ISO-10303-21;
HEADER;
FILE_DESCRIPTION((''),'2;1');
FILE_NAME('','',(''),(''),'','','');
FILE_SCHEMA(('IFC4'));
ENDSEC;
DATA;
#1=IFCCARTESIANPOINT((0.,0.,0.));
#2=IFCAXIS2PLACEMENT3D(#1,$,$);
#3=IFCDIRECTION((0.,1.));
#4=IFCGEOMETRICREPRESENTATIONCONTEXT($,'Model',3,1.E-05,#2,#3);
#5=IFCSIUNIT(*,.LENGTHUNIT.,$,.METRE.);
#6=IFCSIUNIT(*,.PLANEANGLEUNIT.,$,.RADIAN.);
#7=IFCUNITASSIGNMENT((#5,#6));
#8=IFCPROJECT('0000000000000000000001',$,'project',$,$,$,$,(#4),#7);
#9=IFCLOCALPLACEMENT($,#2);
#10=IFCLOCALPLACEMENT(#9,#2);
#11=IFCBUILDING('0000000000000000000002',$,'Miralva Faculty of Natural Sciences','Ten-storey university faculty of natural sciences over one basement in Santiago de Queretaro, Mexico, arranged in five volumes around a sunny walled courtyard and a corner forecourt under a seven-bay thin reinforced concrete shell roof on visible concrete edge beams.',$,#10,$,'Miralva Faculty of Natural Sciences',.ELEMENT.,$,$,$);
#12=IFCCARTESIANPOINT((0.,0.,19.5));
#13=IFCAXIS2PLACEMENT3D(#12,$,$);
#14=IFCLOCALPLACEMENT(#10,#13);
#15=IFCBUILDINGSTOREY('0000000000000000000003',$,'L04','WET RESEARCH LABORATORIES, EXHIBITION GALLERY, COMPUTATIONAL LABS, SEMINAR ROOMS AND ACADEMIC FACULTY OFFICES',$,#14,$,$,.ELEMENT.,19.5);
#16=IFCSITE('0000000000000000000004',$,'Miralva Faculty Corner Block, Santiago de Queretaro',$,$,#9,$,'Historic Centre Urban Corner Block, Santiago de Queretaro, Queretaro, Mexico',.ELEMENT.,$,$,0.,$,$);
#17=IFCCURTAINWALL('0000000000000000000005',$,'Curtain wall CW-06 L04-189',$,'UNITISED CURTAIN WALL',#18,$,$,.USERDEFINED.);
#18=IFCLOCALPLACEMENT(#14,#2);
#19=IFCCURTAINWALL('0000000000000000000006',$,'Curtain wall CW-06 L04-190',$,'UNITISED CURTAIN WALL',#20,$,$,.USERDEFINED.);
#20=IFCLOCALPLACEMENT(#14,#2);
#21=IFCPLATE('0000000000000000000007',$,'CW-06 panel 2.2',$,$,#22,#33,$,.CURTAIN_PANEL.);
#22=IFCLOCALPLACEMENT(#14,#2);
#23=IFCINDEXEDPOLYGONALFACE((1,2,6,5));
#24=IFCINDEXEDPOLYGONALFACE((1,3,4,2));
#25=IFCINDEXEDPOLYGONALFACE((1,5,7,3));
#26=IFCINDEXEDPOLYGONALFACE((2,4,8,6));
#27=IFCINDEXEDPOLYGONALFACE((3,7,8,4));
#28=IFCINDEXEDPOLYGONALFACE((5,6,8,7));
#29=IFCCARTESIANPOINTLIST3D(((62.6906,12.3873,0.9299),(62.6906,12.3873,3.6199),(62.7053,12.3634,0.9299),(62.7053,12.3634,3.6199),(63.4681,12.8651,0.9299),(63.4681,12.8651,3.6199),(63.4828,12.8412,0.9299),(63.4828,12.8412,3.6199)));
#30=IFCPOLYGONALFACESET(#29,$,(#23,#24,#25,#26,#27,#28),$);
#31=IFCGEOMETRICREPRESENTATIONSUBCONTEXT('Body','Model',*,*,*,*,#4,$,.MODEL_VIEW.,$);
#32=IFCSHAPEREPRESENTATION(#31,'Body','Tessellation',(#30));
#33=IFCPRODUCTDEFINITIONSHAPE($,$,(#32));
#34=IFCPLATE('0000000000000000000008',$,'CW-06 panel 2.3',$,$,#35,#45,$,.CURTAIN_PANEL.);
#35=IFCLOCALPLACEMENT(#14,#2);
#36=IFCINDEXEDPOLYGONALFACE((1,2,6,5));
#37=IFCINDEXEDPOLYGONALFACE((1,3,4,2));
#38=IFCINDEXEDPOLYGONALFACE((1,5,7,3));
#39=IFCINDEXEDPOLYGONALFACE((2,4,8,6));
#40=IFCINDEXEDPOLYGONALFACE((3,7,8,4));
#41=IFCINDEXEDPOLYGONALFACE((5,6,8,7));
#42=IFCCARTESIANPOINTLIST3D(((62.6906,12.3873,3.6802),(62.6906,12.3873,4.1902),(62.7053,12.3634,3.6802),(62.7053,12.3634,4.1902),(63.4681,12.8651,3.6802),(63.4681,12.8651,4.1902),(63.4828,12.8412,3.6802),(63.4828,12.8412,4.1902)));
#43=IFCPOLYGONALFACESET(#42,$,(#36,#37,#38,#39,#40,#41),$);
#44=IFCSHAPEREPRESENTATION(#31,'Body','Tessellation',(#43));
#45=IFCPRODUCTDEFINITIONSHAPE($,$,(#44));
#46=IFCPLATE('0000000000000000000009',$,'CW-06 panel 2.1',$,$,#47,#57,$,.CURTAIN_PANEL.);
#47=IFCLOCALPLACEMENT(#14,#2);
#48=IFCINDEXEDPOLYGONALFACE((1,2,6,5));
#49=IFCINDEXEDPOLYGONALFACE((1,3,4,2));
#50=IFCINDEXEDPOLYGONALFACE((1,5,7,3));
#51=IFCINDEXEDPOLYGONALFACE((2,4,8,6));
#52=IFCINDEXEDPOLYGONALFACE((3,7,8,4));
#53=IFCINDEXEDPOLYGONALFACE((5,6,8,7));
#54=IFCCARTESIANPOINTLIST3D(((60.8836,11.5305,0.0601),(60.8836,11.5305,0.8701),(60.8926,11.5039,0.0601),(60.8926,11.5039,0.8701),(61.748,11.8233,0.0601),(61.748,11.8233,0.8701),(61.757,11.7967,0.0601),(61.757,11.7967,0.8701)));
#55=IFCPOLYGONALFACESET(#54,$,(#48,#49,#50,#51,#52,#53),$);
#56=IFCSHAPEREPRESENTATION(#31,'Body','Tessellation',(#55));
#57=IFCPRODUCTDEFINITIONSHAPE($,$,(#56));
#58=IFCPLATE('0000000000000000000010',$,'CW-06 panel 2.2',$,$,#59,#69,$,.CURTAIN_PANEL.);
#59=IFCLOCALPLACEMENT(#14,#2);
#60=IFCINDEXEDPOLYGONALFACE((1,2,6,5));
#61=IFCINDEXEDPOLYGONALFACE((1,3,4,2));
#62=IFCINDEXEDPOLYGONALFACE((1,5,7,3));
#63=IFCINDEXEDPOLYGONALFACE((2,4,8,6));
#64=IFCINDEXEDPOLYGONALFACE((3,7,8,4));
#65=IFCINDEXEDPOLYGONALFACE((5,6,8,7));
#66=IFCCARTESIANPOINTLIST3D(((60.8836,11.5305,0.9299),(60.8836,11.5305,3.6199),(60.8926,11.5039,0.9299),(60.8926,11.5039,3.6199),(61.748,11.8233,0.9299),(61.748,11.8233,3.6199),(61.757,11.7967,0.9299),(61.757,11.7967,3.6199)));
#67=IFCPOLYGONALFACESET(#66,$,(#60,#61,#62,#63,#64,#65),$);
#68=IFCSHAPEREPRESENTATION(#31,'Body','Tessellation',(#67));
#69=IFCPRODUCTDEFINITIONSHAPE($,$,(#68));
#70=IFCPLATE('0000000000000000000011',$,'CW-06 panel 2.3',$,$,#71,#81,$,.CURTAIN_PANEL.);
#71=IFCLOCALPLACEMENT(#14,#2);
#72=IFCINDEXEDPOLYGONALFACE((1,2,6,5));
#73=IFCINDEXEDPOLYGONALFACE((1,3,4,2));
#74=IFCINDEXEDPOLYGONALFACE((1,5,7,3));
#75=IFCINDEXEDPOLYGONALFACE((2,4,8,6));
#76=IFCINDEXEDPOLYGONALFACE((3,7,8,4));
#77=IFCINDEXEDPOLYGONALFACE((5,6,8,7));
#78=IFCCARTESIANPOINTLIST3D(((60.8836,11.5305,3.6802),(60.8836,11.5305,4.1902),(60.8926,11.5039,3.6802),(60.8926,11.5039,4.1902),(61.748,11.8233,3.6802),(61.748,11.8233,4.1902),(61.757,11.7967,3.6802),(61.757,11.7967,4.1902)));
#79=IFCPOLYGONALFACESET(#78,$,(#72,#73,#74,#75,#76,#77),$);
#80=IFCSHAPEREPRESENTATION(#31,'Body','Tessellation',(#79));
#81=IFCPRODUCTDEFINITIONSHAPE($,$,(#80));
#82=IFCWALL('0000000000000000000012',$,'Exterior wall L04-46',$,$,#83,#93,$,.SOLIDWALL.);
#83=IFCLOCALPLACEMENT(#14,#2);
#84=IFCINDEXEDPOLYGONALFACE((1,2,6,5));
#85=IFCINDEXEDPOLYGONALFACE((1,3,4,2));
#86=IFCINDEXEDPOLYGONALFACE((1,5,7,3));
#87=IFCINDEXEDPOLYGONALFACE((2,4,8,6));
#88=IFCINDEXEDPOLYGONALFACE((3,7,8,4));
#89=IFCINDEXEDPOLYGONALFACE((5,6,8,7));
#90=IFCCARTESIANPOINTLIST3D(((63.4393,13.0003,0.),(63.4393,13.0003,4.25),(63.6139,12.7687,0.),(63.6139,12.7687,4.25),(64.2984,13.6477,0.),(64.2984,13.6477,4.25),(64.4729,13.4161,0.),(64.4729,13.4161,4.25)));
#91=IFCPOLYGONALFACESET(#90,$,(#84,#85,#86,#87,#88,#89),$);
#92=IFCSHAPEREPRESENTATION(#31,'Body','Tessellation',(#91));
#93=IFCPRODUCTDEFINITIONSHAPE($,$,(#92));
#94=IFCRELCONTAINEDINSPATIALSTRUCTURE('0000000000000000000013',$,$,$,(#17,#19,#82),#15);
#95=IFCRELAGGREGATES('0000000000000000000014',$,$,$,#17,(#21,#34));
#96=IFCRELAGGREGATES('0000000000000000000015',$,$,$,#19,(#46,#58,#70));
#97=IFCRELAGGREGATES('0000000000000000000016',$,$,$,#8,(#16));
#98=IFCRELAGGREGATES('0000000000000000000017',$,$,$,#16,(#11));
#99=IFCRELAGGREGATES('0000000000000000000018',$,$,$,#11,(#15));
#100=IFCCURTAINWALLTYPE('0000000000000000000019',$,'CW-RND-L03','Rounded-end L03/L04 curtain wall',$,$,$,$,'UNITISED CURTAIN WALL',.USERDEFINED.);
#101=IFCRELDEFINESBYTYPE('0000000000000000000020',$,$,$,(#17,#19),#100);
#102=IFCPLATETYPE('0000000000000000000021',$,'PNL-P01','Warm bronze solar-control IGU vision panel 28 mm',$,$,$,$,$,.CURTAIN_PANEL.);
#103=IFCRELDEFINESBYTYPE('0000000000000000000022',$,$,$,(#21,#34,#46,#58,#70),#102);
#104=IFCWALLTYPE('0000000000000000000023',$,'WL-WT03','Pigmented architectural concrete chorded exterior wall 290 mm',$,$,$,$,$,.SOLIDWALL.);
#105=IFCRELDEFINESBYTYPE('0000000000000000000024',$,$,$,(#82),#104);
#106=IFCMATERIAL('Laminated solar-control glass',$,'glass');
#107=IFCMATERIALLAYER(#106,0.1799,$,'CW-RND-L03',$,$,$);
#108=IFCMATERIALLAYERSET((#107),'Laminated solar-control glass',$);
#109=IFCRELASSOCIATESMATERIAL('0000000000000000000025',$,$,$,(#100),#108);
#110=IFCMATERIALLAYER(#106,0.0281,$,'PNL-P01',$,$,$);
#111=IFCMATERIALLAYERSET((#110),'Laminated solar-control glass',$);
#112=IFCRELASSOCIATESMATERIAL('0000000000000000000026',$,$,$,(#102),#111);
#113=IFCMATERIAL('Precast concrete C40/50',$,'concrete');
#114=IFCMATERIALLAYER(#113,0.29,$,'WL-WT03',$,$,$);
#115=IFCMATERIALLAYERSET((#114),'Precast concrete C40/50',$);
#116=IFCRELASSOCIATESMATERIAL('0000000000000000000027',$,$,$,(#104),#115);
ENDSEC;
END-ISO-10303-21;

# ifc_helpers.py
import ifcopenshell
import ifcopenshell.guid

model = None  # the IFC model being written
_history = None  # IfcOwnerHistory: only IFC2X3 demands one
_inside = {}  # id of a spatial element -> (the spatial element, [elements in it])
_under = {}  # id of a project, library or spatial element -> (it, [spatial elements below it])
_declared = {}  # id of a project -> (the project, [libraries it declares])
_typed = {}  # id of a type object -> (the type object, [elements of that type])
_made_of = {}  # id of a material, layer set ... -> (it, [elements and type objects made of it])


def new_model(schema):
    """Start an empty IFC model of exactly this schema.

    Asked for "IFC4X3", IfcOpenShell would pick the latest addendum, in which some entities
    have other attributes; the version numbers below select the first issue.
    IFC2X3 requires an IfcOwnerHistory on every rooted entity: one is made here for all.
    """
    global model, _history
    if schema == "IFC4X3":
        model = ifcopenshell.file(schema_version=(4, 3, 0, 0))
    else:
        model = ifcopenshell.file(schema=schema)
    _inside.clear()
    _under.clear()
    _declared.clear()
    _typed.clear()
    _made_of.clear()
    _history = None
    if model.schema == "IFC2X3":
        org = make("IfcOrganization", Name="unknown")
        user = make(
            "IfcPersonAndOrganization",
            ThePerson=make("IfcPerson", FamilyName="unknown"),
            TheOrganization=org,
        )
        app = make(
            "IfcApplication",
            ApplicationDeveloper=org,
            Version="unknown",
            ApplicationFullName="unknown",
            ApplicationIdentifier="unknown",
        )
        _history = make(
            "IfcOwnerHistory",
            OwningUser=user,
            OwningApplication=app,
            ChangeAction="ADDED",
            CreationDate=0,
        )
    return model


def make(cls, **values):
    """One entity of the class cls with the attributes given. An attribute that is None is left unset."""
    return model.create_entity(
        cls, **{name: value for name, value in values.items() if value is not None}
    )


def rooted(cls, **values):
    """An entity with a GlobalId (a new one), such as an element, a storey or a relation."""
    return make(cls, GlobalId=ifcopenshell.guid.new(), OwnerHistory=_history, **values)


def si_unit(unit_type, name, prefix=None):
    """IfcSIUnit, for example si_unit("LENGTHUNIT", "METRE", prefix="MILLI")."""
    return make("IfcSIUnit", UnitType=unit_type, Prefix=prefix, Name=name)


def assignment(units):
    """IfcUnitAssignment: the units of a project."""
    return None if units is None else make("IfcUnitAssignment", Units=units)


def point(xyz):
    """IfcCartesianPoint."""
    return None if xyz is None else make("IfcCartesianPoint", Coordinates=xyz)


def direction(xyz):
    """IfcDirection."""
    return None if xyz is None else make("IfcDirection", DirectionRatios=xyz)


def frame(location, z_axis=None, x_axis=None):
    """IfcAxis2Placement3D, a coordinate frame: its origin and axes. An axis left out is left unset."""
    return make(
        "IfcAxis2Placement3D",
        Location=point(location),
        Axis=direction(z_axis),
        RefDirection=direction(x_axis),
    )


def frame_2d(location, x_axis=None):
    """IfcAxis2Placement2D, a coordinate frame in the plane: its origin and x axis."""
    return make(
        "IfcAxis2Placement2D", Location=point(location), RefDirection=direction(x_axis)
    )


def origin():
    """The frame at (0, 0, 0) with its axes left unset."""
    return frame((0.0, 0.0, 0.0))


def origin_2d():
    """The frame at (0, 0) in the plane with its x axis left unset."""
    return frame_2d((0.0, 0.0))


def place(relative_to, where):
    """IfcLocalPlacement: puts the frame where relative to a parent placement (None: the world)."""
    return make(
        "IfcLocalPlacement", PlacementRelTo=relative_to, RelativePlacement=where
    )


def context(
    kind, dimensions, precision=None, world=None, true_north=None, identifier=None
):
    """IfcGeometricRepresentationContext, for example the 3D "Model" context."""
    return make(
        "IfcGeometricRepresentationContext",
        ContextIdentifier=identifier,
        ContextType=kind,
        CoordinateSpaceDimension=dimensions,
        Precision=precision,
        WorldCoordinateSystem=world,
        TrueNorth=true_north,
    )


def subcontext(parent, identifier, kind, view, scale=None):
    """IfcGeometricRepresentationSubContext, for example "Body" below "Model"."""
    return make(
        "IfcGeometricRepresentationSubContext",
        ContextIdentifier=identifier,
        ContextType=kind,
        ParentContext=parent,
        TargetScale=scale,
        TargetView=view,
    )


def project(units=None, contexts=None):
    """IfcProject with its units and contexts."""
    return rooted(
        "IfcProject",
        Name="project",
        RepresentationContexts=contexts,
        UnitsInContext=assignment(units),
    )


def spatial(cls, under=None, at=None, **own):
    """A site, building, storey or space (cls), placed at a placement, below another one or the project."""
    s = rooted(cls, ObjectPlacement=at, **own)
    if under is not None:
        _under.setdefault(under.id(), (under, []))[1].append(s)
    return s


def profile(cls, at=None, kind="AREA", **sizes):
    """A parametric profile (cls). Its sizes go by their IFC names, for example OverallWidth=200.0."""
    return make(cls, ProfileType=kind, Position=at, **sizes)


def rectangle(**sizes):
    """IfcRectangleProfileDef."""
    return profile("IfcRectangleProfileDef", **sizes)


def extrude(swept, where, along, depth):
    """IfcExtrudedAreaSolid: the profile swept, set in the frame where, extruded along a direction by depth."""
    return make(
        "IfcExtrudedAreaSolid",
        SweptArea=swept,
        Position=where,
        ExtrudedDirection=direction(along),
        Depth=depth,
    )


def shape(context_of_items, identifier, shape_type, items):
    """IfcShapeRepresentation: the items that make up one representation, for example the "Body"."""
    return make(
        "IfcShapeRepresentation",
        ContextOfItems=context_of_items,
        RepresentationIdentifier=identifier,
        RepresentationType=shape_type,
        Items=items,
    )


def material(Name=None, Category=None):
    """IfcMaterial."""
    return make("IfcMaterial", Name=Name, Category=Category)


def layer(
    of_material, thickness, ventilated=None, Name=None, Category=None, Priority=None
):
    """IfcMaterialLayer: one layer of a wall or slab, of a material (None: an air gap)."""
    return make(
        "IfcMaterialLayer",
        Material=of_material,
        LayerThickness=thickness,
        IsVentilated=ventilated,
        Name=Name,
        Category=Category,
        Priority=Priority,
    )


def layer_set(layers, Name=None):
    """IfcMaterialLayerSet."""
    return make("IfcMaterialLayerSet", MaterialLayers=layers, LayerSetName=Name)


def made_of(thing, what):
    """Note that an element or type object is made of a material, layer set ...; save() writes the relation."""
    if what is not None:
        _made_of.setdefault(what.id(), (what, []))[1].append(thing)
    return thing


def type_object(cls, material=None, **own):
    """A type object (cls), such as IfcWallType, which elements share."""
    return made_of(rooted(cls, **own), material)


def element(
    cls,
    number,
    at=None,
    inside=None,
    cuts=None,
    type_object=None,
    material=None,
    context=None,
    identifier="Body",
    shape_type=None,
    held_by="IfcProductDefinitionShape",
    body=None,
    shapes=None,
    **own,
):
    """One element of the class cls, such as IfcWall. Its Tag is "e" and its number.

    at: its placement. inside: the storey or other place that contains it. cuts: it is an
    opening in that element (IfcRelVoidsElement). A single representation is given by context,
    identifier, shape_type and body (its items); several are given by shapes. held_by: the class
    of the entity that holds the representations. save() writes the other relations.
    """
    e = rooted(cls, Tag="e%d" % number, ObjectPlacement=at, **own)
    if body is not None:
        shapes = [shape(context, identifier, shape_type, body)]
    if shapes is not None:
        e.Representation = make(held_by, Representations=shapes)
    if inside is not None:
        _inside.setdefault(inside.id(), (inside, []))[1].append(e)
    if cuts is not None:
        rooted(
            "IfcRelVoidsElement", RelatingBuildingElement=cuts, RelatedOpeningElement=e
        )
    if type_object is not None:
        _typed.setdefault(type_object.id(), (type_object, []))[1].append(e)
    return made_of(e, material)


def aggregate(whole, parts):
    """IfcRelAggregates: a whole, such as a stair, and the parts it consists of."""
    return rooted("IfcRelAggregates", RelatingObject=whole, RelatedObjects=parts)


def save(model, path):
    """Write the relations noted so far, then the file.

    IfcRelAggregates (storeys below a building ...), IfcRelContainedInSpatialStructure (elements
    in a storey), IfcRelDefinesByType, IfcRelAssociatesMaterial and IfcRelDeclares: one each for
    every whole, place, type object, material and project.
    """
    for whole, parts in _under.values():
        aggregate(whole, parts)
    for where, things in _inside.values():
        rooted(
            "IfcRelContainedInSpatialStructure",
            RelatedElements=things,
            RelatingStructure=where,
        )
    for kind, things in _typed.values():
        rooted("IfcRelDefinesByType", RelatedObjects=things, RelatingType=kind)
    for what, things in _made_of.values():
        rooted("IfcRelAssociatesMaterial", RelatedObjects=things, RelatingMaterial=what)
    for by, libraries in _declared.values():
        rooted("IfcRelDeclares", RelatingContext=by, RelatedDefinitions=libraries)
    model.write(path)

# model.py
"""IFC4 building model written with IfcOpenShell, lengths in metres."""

from ifc_helpers import new_model, si_unit, direction, frame, frame_2d, origin, origin_2d, place, context, subcontext, project, spatial, rectangle, extrude, material, layer, layer_set, type_object, element, aggregate, save


model = new_model("IFC4")

# Units and contexts
model_context = context("Model", 3, precision=1e-05, world=origin(), true_north=direction((0.0, 1.0)))
body_context = subcontext(model_context, "Body", "Model", "MODEL_VIEW")
ifc_project = project(units=[si_unit("LENGTHUNIT", "METRE"), si_unit("PLANEANGLEUNIT", "RADIAN")], contexts=[model_context])

# Site, building, storey
site_placement = place(None, origin())
site = spatial("IfcSite", under=ifc_project, at=site_placement, Name="Miralva Faculty Corner Block, Santiago de Queretaro", LongName="Historic Centre Urban Corner Block, Santiago de Queretaro, Queretaro, Mexico", CompositionType="ELEMENT", RefElevation=0.0)
building_placement = place(site_placement, origin())
building = spatial("IfcBuilding", under=site, at=building_placement, Name="Miralva Faculty of Natural Sciences", Description="Ten-storey university faculty of natural sciences over one basement in Santiago de Queretaro, Mexico, arranged in five volumes around a sunny walled courtyard and a corner forecourt under a seven-bay thin reinforced concrete shell roof on visible concrete edge beams.", LongName="Miralva Faculty of Natural Sciences", CompositionType="ELEMENT")
storey_placement = place(building_placement, frame((0.0, 0.0, 19.5)))
storey = spatial("IfcBuildingStorey", under=building, at=storey_placement, Name="L04", Description="WET RESEARCH LABORATORIES, EXHIBITION GALLERY, COMPUTATIONAL LABS, SEMINAR ROOMS AND ACADEMIC FACULTY OFFICES", CompositionType="ELEMENT", Elevation=19.5)

# Shared definitions
ifc_material_1 = material(Name="Laminated solar-control glass", Category="glass")

# Curtain wall
ifc_layer_1 = layer(ifc_material_1, 0.1799, Name="CW-RND-L03")
ifc_layer_set_1 = layer_set([ifc_layer_1], Name="Laminated solar-control glass")
curtain_wall_type_1 = type_object("IfcCurtainWallType", Name="CW-RND-L03", Description="Rounded-end L03/L04 curtain wall", ElementType="UNITISED CURTAIN WALL", PredefinedType="USERDEFINED", material=ifc_layer_set_1)
curtain_wall_1_placement = place(storey_placement, origin())
curtain_wall_1 = element("IfcCurtainWall", 1, at=curtain_wall_1_placement, inside=storey, type_object=curtain_wall_type_1, Name="Curtain wall CW-06 L04-189", ObjectType="UNITISED CURTAIN WALL", PredefinedType="USERDEFINED")

# Curtain wall
curtain_wall_2_placement = place(storey_placement, origin())
curtain_wall_2 = element("IfcCurtainWall", 2, at=curtain_wall_2_placement, inside=storey, type_object=curtain_wall_type_1, Name="Curtain wall CW-06 L04-190", ObjectType="UNITISED CURTAIN WALL", PredefinedType="USERDEFINED")

# Plates
ifc_layer_2 = layer(ifc_material_1, 0.0281, Name="PNL-P01")
ifc_layer_set_2 = layer_set([ifc_layer_2], Name="Laminated solar-control glass")
plate_type = type_object("IfcPlateType", Name="PNL-P01", Description="Warm bronze solar-control IGU vision panel 28 mm", PredefinedType="CURTAIN_PANEL", material=ifc_layer_set_2)
plate_1_placement = place(storey_placement, frame((63.0867, 12.6143, 0.9299), z_axis=(0.0, 0.0, 1.0), x_axis=(0.851995, 0.523551, 0.0)))
plate_1 = element("IfcPlate", 3, at=plate_1_placement, type_object=plate_type, Name="CW-06 panel 2.2", PredefinedType="CURTAIN_PANEL", context=body_context, shape_type="SweptSolid", body=[
    extrude(rectangle(XDim=0.9126, YDim=0.0281, at=origin_2d()), origin(), (0.0, 0.0, 1.0), 2.6899),
])
plate_2_placement = place(storey_placement, frame((63.0867, 12.6143, 3.6802), z_axis=(0.0, 0.0, 1.0), x_axis=(0.851995, 0.523551, 0.0)))
plate_2 = element("IfcPlate", 4, at=plate_2_placement, type_object=plate_type, Name="CW-06 panel 2.3", PredefinedType="CURTAIN_PANEL", context=body_context, shape_type="SweptSolid", body=[
    extrude(rectangle(XDim=0.9126, YDim=0.0281, at=origin_2d()), origin(), (0.0, 0.0, 1.0), 0.51),
])
aggregate(curtain_wall_1, [plate_1, plate_2])
plate_3_placement = place(storey_placement, frame((61.3203, 11.6636, 0.0601), z_axis=(0.0, 0.0, 1.0), x_axis=(0.947133, 0.320842, 0.0)))
plate_3 = element("IfcPlate", 5, at=plate_3_placement, type_object=plate_type, Name="CW-06 panel 2.1", PredefinedType="CURTAIN_PANEL", context=body_context, shape_type="SweptSolid", body=[
    extrude(rectangle(XDim=0.9126, YDim=0.0281, at=origin_2d()), origin(), (0.0, 0.0, 1.0), 0.8101),
])
plate_4_placement = place(storey_placement, frame((61.3203, 11.6636, 0.9299), z_axis=(0.0, 0.0, 1.0), x_axis=(0.947133, 0.320842, 0.0)))
plate_4 = element("IfcPlate", 6, at=plate_4_placement, type_object=plate_type, Name="CW-06 panel 2.2", PredefinedType="CURTAIN_PANEL", context=body_context, shape_type="SweptSolid", body=[
    extrude(rectangle(XDim=0.9126, YDim=0.0281, at=origin_2d()), origin(), (0.0, 0.0, 1.0), 2.6899),
])
plate_5_placement = place(storey_placement, frame((61.3203, 11.6636, 3.6802), z_axis=(0.0, 0.0, 1.0), x_axis=(0.947133, 0.320842, 0.0)))
plate_5 = element("IfcPlate", 7, at=plate_5_placement, type_object=plate_type, Name="CW-06 panel 2.3", PredefinedType="CURTAIN_PANEL", context=body_context, shape_type="SweptSolid", body=[
    extrude(rectangle(XDim=0.9126, YDim=0.0281, at=origin_2d()), origin(), (0.0, 0.0, 1.0), 0.51),
])
aggregate(curtain_wall_2, [plate_3, plate_4, plate_5])

# Wall
ifc_material_2 = material(Name="Precast concrete C40/50", Category="concrete")
ifc_layer_3 = layer(ifc_material_2, 0.29, Name="WL-WT03")
ifc_layer_set_3 = layer_set([ifc_layer_3], Name="Precast concrete C40/50")
wall_type = type_object("IfcWallType", Name="WL-WT03", Description="Pigmented architectural concrete chorded exterior wall 290 mm", PredefinedType="SOLIDWALL", material=ifc_layer_set_3)
wall_placement = place(storey_placement, frame((63.5266, 12.8845, 0.0), z_axis=(0.0, 0.0, 1.0), x_axis=(0.798609, 0.60185, 0.0)))
element("IfcWall", 8, at=wall_placement, inside=storey, type_object=wall_type, Name="Exterior wall L04-46", PredefinedType="SOLIDWALL", context=body_context, shape_type="SweptSolid", body=[
    extrude(rectangle(XDim=1.0757, YDim=0.29, at=frame_2d((0.5378, 0.0))), origin(), (0.0, 0.0, 1.0), 4.25),
])

save(model, "model.ifc")
